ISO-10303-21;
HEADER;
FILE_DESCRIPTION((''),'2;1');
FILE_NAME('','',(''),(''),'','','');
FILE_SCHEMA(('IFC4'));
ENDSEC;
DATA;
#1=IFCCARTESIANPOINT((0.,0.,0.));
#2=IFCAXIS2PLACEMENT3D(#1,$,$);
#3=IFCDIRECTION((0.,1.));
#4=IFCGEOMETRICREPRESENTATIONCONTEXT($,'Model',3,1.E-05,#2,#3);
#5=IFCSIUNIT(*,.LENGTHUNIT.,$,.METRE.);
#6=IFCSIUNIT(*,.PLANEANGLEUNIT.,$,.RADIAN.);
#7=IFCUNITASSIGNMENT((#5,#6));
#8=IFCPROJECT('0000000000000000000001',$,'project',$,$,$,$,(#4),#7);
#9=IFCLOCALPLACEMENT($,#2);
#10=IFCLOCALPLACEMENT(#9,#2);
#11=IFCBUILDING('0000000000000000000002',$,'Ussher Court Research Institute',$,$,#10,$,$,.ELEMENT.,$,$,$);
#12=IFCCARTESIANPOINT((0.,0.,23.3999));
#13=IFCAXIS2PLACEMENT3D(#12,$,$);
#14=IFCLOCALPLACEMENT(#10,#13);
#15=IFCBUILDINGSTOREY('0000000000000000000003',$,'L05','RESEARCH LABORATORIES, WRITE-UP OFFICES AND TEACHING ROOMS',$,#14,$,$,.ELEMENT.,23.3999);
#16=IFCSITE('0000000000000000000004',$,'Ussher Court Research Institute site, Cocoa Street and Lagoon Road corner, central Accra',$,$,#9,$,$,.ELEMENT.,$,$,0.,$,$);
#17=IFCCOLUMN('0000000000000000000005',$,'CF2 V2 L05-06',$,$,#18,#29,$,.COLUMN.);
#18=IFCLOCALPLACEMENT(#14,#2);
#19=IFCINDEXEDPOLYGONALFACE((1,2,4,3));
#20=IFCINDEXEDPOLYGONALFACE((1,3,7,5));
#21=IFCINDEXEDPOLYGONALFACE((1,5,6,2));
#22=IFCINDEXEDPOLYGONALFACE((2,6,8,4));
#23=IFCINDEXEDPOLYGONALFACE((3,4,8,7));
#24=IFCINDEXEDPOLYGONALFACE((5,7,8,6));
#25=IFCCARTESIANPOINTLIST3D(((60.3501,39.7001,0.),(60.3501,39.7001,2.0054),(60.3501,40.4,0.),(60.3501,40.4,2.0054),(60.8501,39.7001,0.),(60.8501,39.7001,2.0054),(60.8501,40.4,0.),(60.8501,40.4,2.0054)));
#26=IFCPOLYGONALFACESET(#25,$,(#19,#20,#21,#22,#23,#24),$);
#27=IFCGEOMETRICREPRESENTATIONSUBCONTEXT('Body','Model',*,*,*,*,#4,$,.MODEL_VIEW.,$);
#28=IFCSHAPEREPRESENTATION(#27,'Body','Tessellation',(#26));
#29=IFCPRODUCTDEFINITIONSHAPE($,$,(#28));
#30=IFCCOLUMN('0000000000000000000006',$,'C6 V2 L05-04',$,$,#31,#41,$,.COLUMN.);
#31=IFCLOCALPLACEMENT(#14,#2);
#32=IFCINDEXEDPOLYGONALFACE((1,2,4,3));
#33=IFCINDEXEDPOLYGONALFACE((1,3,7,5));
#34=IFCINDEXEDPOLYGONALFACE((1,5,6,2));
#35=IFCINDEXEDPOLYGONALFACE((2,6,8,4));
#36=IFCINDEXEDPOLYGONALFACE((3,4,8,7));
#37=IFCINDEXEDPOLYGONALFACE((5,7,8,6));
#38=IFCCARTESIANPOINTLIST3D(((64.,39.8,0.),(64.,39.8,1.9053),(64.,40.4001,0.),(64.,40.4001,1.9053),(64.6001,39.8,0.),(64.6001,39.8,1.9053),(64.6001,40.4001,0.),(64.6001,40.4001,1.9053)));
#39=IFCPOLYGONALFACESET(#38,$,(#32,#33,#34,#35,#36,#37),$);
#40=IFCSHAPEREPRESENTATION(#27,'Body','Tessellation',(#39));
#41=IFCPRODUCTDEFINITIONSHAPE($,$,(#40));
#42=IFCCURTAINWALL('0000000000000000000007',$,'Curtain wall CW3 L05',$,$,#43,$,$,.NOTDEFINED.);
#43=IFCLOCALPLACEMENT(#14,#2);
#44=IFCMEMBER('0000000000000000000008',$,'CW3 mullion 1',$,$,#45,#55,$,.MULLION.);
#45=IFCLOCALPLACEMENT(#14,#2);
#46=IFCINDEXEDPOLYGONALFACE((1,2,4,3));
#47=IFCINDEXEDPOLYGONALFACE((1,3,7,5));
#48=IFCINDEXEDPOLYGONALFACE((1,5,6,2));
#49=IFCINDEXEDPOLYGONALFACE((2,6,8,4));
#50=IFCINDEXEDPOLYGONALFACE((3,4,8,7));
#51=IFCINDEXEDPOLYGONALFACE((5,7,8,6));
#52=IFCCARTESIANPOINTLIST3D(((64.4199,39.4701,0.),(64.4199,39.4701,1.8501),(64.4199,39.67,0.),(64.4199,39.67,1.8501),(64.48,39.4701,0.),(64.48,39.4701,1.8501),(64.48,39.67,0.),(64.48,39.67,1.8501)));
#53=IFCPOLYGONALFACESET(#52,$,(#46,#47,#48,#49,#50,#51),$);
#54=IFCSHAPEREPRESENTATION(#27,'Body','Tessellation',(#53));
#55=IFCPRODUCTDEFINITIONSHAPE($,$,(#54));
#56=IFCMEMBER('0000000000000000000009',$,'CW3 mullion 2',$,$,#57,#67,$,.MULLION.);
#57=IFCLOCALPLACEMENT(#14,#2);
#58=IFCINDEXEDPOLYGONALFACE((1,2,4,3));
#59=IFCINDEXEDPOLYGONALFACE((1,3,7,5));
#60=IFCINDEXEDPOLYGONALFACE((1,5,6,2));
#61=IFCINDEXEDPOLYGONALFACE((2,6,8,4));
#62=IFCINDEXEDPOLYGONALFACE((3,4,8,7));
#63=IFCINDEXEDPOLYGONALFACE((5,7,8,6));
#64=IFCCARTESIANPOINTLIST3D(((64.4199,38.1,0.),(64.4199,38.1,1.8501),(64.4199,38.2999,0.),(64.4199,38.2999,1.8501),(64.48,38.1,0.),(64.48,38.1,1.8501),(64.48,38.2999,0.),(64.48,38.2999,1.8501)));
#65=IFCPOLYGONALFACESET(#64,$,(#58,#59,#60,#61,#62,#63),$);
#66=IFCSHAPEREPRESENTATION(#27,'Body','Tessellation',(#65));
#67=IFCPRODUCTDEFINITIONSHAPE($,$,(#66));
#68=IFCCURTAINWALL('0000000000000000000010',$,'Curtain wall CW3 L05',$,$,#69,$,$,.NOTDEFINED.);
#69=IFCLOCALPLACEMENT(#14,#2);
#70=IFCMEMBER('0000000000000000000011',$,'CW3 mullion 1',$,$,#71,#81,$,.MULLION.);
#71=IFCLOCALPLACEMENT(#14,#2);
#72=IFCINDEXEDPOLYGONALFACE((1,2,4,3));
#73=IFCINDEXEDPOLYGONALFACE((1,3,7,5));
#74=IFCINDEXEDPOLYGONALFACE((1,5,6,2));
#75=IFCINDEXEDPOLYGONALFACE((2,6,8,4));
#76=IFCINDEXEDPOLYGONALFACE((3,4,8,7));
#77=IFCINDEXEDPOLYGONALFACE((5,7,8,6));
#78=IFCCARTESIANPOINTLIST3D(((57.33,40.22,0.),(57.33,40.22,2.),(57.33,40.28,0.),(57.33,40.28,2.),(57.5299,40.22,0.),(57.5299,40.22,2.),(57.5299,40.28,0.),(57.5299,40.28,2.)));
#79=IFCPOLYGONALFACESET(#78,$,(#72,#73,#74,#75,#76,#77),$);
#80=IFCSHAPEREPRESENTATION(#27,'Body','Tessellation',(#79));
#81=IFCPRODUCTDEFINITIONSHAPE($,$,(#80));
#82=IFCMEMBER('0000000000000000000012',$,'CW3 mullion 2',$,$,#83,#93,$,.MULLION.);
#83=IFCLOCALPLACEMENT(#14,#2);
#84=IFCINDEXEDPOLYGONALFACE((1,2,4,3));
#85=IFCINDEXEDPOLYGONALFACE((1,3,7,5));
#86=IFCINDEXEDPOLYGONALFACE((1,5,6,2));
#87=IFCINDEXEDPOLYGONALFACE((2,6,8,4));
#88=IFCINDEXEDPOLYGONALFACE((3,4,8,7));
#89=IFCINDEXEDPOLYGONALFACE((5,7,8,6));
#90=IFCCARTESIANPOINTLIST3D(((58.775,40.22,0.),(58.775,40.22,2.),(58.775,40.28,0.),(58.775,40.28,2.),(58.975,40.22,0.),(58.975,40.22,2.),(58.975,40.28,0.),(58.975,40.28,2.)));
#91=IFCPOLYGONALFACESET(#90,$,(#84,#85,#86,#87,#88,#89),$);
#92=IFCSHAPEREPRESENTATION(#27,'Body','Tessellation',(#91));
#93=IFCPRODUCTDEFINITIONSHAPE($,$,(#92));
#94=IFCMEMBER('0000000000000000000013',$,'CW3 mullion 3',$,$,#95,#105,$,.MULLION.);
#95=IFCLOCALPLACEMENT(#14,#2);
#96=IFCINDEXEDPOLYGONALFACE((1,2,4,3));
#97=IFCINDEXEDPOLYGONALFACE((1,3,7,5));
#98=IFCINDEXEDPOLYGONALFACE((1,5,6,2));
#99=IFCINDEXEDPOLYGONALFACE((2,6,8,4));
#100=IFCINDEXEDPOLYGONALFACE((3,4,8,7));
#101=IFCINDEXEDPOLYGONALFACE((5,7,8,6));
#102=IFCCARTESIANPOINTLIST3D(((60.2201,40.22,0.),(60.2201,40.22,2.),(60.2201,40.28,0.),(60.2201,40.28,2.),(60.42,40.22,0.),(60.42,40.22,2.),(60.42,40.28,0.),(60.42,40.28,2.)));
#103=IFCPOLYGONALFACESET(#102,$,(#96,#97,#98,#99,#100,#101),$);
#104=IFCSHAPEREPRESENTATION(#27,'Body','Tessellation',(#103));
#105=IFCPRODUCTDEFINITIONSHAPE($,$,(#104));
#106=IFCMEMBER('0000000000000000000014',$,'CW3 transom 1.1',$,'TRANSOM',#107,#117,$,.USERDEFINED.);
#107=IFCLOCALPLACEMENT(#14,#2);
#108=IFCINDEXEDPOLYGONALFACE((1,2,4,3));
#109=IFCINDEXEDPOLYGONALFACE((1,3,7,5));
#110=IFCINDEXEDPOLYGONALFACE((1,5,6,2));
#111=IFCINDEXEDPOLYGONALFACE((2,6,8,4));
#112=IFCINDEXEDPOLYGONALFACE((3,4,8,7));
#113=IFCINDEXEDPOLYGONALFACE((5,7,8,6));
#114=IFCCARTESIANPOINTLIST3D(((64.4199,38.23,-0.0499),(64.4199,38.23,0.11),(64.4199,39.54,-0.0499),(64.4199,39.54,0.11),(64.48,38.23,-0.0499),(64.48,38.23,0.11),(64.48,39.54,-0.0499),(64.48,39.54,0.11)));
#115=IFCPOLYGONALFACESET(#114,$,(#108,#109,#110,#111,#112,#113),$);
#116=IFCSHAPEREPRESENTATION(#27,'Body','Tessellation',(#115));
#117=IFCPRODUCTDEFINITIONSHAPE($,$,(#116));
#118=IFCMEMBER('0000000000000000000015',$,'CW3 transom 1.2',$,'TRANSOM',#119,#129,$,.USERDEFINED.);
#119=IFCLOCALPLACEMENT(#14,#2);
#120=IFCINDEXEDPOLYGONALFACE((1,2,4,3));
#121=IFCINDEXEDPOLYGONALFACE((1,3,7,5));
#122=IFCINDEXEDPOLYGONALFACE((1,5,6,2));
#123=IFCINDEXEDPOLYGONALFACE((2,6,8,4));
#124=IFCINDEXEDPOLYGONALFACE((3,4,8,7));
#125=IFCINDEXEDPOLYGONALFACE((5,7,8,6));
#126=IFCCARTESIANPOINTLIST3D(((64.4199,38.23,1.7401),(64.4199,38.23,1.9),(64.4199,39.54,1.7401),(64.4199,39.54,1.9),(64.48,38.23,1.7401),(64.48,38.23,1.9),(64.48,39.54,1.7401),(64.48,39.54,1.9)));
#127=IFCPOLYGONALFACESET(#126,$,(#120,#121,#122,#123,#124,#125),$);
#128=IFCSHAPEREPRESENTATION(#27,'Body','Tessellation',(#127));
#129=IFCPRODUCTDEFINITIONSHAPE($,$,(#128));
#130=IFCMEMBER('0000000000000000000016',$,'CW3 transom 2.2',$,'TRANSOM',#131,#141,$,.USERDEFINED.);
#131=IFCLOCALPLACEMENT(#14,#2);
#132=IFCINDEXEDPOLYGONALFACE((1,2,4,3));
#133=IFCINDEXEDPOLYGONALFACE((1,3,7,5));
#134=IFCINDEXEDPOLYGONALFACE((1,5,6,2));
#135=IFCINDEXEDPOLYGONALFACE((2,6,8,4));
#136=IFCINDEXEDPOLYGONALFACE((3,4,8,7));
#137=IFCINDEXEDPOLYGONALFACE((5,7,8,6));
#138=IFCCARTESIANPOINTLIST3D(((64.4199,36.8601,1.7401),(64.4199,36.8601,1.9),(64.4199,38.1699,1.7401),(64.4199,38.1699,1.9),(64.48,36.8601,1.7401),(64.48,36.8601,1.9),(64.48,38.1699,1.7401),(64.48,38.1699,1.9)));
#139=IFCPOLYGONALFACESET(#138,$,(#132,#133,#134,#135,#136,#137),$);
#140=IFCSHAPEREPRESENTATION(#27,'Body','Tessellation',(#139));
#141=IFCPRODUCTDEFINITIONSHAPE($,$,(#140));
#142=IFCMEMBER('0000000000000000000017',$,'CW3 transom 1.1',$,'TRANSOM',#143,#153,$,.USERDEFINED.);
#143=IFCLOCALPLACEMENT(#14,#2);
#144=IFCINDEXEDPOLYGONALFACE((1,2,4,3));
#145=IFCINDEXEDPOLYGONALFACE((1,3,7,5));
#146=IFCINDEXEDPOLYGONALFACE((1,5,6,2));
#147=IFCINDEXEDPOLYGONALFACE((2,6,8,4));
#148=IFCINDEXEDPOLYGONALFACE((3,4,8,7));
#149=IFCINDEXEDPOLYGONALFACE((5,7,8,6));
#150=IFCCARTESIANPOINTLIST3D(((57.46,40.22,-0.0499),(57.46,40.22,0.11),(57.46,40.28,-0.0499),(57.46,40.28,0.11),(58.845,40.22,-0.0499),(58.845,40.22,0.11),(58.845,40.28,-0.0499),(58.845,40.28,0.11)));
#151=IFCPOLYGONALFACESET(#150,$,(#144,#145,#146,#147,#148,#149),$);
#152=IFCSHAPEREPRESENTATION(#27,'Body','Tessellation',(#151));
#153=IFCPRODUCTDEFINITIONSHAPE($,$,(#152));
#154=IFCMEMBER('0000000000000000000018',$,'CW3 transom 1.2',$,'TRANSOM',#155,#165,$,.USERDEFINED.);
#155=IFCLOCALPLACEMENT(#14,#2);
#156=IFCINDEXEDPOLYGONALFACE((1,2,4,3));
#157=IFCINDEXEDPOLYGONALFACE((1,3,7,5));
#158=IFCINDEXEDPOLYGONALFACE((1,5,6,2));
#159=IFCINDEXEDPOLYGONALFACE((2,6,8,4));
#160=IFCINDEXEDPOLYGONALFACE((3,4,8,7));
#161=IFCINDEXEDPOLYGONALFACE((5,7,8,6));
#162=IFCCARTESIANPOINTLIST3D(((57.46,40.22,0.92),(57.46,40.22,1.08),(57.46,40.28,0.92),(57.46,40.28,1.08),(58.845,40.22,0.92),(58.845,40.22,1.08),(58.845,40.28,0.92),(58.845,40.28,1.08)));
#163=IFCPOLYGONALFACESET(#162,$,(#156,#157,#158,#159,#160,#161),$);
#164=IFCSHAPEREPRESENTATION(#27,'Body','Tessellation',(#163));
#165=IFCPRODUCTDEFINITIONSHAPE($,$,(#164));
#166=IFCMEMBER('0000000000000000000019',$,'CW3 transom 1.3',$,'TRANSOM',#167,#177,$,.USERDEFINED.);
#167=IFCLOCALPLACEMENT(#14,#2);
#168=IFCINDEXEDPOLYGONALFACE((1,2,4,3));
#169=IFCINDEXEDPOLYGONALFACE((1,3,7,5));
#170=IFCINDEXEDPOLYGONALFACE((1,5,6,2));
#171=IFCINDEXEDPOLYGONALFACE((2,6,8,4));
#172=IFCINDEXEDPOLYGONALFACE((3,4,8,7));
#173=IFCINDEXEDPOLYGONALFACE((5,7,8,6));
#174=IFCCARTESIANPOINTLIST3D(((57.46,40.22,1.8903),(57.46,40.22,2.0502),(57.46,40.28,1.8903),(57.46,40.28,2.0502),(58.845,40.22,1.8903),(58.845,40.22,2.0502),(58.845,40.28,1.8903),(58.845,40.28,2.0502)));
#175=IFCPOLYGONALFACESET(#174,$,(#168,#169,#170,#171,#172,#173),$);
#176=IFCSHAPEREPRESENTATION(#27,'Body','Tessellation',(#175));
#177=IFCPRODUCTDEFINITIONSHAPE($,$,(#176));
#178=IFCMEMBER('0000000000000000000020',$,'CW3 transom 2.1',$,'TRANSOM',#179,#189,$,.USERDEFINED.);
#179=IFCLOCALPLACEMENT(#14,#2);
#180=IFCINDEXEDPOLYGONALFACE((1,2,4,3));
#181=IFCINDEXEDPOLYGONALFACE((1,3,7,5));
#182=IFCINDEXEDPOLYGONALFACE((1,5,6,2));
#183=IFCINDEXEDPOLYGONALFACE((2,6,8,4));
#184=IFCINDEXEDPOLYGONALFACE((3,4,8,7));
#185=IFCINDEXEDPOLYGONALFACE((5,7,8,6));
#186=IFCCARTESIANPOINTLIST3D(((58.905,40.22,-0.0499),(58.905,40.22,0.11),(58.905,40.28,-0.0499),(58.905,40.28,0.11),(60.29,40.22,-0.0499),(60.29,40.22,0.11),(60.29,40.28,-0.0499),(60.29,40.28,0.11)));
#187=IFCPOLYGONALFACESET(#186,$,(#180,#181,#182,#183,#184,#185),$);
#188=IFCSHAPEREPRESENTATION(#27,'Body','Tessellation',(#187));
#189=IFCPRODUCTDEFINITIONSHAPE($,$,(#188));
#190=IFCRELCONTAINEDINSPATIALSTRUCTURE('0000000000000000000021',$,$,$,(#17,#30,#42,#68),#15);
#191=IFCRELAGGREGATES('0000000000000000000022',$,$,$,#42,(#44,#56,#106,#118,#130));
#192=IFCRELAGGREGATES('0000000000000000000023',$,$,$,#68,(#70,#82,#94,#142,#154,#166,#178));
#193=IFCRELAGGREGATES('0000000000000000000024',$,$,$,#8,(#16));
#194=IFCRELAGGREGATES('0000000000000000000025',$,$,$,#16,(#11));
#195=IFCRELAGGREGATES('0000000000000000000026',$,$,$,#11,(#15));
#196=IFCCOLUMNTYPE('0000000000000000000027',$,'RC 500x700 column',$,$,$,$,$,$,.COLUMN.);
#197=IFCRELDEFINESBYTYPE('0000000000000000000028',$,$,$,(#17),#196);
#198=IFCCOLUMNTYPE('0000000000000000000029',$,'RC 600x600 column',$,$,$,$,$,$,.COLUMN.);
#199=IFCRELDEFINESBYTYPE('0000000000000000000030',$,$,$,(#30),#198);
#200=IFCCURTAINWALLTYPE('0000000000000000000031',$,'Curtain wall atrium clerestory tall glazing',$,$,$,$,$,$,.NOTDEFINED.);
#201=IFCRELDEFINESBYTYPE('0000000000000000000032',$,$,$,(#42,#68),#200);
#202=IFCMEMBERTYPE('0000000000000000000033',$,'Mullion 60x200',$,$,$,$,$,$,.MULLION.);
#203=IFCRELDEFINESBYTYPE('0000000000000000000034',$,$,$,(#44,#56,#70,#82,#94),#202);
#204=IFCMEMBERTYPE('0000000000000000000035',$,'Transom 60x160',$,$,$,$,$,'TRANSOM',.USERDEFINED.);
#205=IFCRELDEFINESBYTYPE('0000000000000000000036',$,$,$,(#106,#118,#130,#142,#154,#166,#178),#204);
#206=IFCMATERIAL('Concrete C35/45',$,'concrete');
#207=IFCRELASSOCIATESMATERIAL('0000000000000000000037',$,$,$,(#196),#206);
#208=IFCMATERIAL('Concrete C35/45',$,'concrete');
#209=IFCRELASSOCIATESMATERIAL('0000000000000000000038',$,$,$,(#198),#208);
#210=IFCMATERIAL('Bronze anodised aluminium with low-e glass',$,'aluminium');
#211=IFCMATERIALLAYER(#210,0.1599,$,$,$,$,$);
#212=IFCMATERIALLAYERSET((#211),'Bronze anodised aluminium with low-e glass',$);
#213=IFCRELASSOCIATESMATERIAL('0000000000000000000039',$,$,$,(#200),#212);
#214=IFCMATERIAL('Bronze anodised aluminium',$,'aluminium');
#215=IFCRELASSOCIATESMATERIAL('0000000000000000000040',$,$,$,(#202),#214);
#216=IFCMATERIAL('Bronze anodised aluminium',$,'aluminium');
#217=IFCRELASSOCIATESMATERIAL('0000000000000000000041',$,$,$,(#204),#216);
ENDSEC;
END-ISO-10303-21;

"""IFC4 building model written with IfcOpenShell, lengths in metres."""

from ifc_helpers import new_model, si_unit, direction, frame, origin, origin_2d, place, context, subcontext, project, spatial, rectangle, extrude, material, layer, layer_set, material_profile, profile_set, type_object, element, aggregate, save


model = new_model("IFC4")

# Units and contexts
model_context = context("Model", 3, precision=1e-05, world=origin(), true_north=direction((0.0, 1.0)))
body_context = subcontext(model_context, "Body", "Model", "MODEL_VIEW")
ifc_project = project(units=[si_unit("LENGTHUNIT", "METRE"), si_unit("PLANEANGLEUNIT", "RADIAN")], contexts=[model_context])

# Site, building, storey
site_placement = place(None, origin())
site = spatial("IfcSite", under=ifc_project, at=site_placement, Name="Ussher Court Research Institute site, Cocoa Street and Lagoon Road corner, central Accra", CompositionType="ELEMENT", RefElevation=0.0)
building_placement = place(site_placement, origin())
building = spatial("IfcBuilding", under=site, at=building_placement, Name="Ussher Court Research Institute", CompositionType="ELEMENT")
storey_placement = place(building_placement, frame((0.0, 0.0, 23.3999)))
storey = spatial("IfcBuildingStorey", under=building, at=storey_placement, Name="L05", Description="RESEARCH LABORATORIES, WRITE-UP OFFICES AND TEACHING ROOMS", CompositionType="ELEMENT", Elevation=23.3999)

# Columns
ifc_material_1 = material(Name="Concrete C35/45", Category="concrete")
ifc_material_profile_1 = material_profile(ifc_material_1, rectangle(XDim=0.5, YDim=0.7, at=origin_2d()), Name="RC 500x700")
ifc_profile_set_1 = profile_set([ifc_material_profile_1], Name="Concrete C35/45")
column_type_1 = type_object("IfcColumnType", Name="RC 500x700 column", PredefinedType="COLUMN", material=ifc_profile_set_1)
column_1_placement = place(storey_placement, frame((60.6001, 40.05, 0.0), z_axis=(0.0, 0.0, 1.0), x_axis=(1.0, 0.0, 0.0)))
element("IfcColumn", 1, at=column_1_placement, inside=storey, type_object=column_type_1, Name="CF2 V2 L05-06", PredefinedType="COLUMN", context=body_context, shape_type="SweptSolid", body=[
    extrude(rectangle(XDim=0.5, YDim=0.7, at=origin_2d()), origin(), (0.0, 0.0, 1.0), 2.0054),
])
ifc_material_2 = material(Name="Concrete C35/45", Category="concrete")
ifc_material_profile_2 = material_profile(ifc_material_2, rectangle(XDim=0.6001, YDim=0.6001, at=origin_2d()), Name="RC 600x600")
ifc_profile_set_2 = profile_set([ifc_material_profile_2], Name="Concrete C35/45")
column_type_2 = type_object("IfcColumnType", Name="RC 600x600 column", PredefinedType="COLUMN", material=ifc_profile_set_2)
column_2_placement = place(storey_placement, frame((64.3, 40.1001, 0.0), z_axis=(0.0, 0.0, 1.0), x_axis=(1.0, 0.0, 0.0)))
element("IfcColumn", 2, at=column_2_placement, inside=storey, type_object=column_type_2, Name="C6 V2 L05-04", PredefinedType="COLUMN", context=body_context, shape_type="SweptSolid", body=[
    extrude(rectangle(XDim=0.6001, YDim=0.6001, at=origin_2d()), origin(), (0.0, 0.0, 1.0), 1.9053),
])

# Curtain walls, members
ifc_material_3 = material(Name="Bronze anodised aluminium with low-e glass", Category="aluminium")
ifc_layer_1 = layer(ifc_material_3, 0.1599)
ifc_layer_set_1 = layer_set([ifc_layer_1], Name="Bronze anodised aluminium with low-e glass")
curtain_wall_type = type_object("IfcCurtainWallType", Name="Curtain wall atrium clerestory tall glazing", PredefinedType="NOTDEFINED", material=ifc_layer_set_1)
curtain_wall_1_placement = place(storey_placement, origin())
curtain_wall_1 = element("IfcCurtainWall", 3, at=curtain_wall_1_placement, inside=storey, type_object=curtain_wall_type, Name="Curtain wall CW3 L05", PredefinedType="NOTDEFINED")
ifc_material_4 = material(Name="Bronze anodised aluminium", Category="aluminium")
ifc_material_profile_3 = material_profile(ifc_material_4, rectangle(XDim=0.0601, YDim=0.2, at=origin_2d()), Name="Mullion 60x200")
ifc_profile_set_3 = profile_set([ifc_material_profile_3], Name="Bronze anodised aluminium")
member_type_1 = type_object("IfcMemberType", Name="Mullion 60x200", PredefinedType="MULLION", material=ifc_profile_set_3)
member_1_placement = place(storey_placement, frame((64.45, 39.5701, 0.0), z_axis=(0.0, 0.0, 1.0), x_axis=(1.0, 0.0, 0.0)))
member_1 = element("IfcMember", 4, at=member_1_placement, type_object=member_type_1, Name="CW3 mullion 1", PredefinedType="MULLION", context=body_context, shape_type="SweptSolid", body=[
    extrude(rectangle(XDim=0.0601, YDim=0.2, at=origin_2d()), origin(), (0.0, 0.0, 1.0), 1.8501),
])
member_2_placement = place(storey_placement, frame((64.45, 38.2, 0.0), z_axis=(0.0, 0.0, 1.0), x_axis=(1.0, 0.0, 0.0)))
member_2 = element("IfcMember", 5, at=member_2_placement, type_object=member_type_1, Name="CW3 mullion 2", PredefinedType="MULLION", context=body_context, shape_type="SweptSolid", body=[
    extrude(rectangle(XDim=0.0601, YDim=0.2, at=origin_2d()), origin(), (0.0, 0.0, 1.0), 1.8501),
])
curtain_wall_2_placement = place(storey_placement, origin())
curtain_wall_2 = element("IfcCurtainWall", 6, at=curtain_wall_2_placement, inside=storey, type_object=curtain_wall_type, Name="Curtain wall CW3 L05", PredefinedType="NOTDEFINED")
member_3_placement = place(storey_placement, frame((57.4299, 40.25, 0.0), z_axis=(0.0, 0.0, 1.0), x_axis=(0.0, 1.0, 0.0)))
member_3 = element("IfcMember", 7, at=member_3_placement, type_object=member_type_1, Name="CW3 mullion 1", PredefinedType="MULLION", context=body_context, shape_type="SweptSolid", body=[
    extrude(rectangle(XDim=0.0601, YDim=0.2, at=origin_2d()), origin(), (0.0, 0.0, 1.0), 2.0),
])
member_4_placement = place(storey_placement, frame((58.875, 40.25, 0.0), z_axis=(0.0, 0.0, 1.0), x_axis=(0.0, 1.0, 0.0)))
member_4 = element("IfcMember", 8, at=member_4_placement, type_object=member_type_1, Name="CW3 mullion 2", PredefinedType="MULLION", context=body_context, shape_type="SweptSolid", body=[
    extrude(rectangle(XDim=0.0601, YDim=0.2, at=origin_2d()), origin(), (0.0, 0.0, 1.0), 2.0),
])
member_5_placement = place(storey_placement, frame((60.3201, 40.25, 0.0), z_axis=(0.0, 0.0, 1.0), x_axis=(0.0, 1.0, 0.0)))
member_5 = element("IfcMember", 9, at=member_5_placement, type_object=member_type_1, Name="CW3 mullion 3", PredefinedType="MULLION", context=body_context, shape_type="SweptSolid", body=[
    extrude(rectangle(XDim=0.0601, YDim=0.2, at=origin_2d()), origin(), (0.0, 0.0, 1.0), 2.0),
])

# Members
ifc_material_5 = material(Name="Bronze anodised aluminium", Category="aluminium")
ifc_material_profile_4 = material_profile(ifc_material_5, rectangle(XDim=0.0601, YDim=0.1599, at=origin_2d()), Name="Transom 60x160")
ifc_profile_set_4 = profile_set([ifc_material_profile_4], Name="Bronze anodised aluminium")
member_type_2 = type_object("IfcMemberType", Name="Transom 60x160", ElementType="TRANSOM", PredefinedType="USERDEFINED", material=ifc_profile_set_4)
member_6_placement = place(storey_placement, frame((64.45, 39.54, 0.03), z_axis=(0.0, -1.0, 0.0), x_axis=(1.0, 0.0, 0.0)))
member_6 = element("IfcMember", 10, at=member_6_placement, type_object=member_type_2, Name="CW3 transom 1.1", ObjectType="TRANSOM", PredefinedType="USERDEFINED", context=body_context, shape_type="SweptSolid", body=[
    extrude(rectangle(XDim=0.0601, YDim=0.1599, at=origin_2d()), origin(), (0.0, 0.0, 1.0), 1.3101),
])
member_7_placement = place(storey_placement, frame((64.45, 39.54, 1.8201), z_axis=(0.0, -1.0, 0.0), x_axis=(1.0, 0.0, 0.0)))
member_7 = element("IfcMember", 11, at=member_7_placement, type_object=member_type_2, Name="CW3 transom 1.2", ObjectType="TRANSOM", PredefinedType="USERDEFINED", context=body_context, shape_type="SweptSolid", body=[
    extrude(rectangle(XDim=0.0601, YDim=0.1599, at=origin_2d()), origin(), (0.0, 0.0, 1.0), 1.3101),
])
member_8_placement = place(storey_placement, frame((64.45, 38.1699, 1.8201), z_axis=(0.0, -1.0, 0.0), x_axis=(1.0, 0.0, 0.0)))
member_8 = element("IfcMember", 12, at=member_8_placement, type_object=member_type_2, Name="CW3 transom 2.2", ObjectType="TRANSOM", PredefinedType="USERDEFINED", context=body_context, shape_type="SweptSolid", body=[
    extrude(rectangle(XDim=0.0601, YDim=0.1599, at=origin_2d()), origin(), (0.0, 0.0, 1.0), 1.3098),
])
member_9_placement = place(storey_placement, frame((57.46, 40.25, 0.03), z_axis=(1.0, 0.0, 0.0), x_axis=(0.0, 1.0, 0.0)))
member_9 = element("IfcMember", 13, at=member_9_placement, type_object=member_type_2, Name="CW3 transom 1.1", ObjectType="TRANSOM", PredefinedType="USERDEFINED", context=body_context, shape_type="SweptSolid", body=[
    extrude(rectangle(XDim=0.0601, YDim=0.1599, at=origin_2d()), origin(), (0.0, 0.0, 1.0), 1.385),
])
member_10_placement = place(storey_placement, frame((57.46, 40.25, 1.0), z_axis=(1.0, 0.0, 0.0), x_axis=(0.0, 1.0, 0.0)))
member_10 = element("IfcMember", 14, at=member_10_placement, type_object=member_type_2, Name="CW3 transom 1.2", ObjectType="TRANSOM", PredefinedType="USERDEFINED", context=body_context, shape_type="SweptSolid", body=[
    extrude(rectangle(XDim=0.0601, YDim=0.1599, at=origin_2d()), origin(), (0.0, 0.0, 1.0), 1.385),
])
member_11_placement = place(storey_placement, frame((57.46, 40.25, 1.9702), z_axis=(1.0, 0.0, 0.0), x_axis=(0.0, 1.0, 0.0)))
member_11 = element("IfcMember", 15, at=member_11_placement, type_object=member_type_2, Name="CW3 transom 1.3", ObjectType="TRANSOM", PredefinedType="USERDEFINED", context=body_context, shape_type="SweptSolid", body=[
    extrude(rectangle(XDim=0.0601, YDim=0.1599, at=origin_2d()), origin(), (0.0, 0.0, 1.0), 1.385),
])
member_12_placement = place(storey_placement, frame((58.905, 40.25, 0.03), z_axis=(1.0, 0.0, 0.0), x_axis=(0.0, 1.0, 0.0)))
member_12 = element("IfcMember", 16, at=member_12_placement, type_object=member_type_2, Name="CW3 transom 2.1", ObjectType="TRANSOM", PredefinedType="USERDEFINED", context=body_context, shape_type="SweptSolid", body=[
    extrude(rectangle(XDim=0.0601, YDim=0.1599, at=origin_2d()), origin(), (0.0, 0.0, 1.0), 1.385),
])

aggregate(curtain_wall_1, [member_1, member_2, member_6, member_7, member_8])
aggregate(curtain_wall_2, [member_3, member_4, member_5, member_9, member_10, member_11, member_12])

save(model, "model.ifc")
